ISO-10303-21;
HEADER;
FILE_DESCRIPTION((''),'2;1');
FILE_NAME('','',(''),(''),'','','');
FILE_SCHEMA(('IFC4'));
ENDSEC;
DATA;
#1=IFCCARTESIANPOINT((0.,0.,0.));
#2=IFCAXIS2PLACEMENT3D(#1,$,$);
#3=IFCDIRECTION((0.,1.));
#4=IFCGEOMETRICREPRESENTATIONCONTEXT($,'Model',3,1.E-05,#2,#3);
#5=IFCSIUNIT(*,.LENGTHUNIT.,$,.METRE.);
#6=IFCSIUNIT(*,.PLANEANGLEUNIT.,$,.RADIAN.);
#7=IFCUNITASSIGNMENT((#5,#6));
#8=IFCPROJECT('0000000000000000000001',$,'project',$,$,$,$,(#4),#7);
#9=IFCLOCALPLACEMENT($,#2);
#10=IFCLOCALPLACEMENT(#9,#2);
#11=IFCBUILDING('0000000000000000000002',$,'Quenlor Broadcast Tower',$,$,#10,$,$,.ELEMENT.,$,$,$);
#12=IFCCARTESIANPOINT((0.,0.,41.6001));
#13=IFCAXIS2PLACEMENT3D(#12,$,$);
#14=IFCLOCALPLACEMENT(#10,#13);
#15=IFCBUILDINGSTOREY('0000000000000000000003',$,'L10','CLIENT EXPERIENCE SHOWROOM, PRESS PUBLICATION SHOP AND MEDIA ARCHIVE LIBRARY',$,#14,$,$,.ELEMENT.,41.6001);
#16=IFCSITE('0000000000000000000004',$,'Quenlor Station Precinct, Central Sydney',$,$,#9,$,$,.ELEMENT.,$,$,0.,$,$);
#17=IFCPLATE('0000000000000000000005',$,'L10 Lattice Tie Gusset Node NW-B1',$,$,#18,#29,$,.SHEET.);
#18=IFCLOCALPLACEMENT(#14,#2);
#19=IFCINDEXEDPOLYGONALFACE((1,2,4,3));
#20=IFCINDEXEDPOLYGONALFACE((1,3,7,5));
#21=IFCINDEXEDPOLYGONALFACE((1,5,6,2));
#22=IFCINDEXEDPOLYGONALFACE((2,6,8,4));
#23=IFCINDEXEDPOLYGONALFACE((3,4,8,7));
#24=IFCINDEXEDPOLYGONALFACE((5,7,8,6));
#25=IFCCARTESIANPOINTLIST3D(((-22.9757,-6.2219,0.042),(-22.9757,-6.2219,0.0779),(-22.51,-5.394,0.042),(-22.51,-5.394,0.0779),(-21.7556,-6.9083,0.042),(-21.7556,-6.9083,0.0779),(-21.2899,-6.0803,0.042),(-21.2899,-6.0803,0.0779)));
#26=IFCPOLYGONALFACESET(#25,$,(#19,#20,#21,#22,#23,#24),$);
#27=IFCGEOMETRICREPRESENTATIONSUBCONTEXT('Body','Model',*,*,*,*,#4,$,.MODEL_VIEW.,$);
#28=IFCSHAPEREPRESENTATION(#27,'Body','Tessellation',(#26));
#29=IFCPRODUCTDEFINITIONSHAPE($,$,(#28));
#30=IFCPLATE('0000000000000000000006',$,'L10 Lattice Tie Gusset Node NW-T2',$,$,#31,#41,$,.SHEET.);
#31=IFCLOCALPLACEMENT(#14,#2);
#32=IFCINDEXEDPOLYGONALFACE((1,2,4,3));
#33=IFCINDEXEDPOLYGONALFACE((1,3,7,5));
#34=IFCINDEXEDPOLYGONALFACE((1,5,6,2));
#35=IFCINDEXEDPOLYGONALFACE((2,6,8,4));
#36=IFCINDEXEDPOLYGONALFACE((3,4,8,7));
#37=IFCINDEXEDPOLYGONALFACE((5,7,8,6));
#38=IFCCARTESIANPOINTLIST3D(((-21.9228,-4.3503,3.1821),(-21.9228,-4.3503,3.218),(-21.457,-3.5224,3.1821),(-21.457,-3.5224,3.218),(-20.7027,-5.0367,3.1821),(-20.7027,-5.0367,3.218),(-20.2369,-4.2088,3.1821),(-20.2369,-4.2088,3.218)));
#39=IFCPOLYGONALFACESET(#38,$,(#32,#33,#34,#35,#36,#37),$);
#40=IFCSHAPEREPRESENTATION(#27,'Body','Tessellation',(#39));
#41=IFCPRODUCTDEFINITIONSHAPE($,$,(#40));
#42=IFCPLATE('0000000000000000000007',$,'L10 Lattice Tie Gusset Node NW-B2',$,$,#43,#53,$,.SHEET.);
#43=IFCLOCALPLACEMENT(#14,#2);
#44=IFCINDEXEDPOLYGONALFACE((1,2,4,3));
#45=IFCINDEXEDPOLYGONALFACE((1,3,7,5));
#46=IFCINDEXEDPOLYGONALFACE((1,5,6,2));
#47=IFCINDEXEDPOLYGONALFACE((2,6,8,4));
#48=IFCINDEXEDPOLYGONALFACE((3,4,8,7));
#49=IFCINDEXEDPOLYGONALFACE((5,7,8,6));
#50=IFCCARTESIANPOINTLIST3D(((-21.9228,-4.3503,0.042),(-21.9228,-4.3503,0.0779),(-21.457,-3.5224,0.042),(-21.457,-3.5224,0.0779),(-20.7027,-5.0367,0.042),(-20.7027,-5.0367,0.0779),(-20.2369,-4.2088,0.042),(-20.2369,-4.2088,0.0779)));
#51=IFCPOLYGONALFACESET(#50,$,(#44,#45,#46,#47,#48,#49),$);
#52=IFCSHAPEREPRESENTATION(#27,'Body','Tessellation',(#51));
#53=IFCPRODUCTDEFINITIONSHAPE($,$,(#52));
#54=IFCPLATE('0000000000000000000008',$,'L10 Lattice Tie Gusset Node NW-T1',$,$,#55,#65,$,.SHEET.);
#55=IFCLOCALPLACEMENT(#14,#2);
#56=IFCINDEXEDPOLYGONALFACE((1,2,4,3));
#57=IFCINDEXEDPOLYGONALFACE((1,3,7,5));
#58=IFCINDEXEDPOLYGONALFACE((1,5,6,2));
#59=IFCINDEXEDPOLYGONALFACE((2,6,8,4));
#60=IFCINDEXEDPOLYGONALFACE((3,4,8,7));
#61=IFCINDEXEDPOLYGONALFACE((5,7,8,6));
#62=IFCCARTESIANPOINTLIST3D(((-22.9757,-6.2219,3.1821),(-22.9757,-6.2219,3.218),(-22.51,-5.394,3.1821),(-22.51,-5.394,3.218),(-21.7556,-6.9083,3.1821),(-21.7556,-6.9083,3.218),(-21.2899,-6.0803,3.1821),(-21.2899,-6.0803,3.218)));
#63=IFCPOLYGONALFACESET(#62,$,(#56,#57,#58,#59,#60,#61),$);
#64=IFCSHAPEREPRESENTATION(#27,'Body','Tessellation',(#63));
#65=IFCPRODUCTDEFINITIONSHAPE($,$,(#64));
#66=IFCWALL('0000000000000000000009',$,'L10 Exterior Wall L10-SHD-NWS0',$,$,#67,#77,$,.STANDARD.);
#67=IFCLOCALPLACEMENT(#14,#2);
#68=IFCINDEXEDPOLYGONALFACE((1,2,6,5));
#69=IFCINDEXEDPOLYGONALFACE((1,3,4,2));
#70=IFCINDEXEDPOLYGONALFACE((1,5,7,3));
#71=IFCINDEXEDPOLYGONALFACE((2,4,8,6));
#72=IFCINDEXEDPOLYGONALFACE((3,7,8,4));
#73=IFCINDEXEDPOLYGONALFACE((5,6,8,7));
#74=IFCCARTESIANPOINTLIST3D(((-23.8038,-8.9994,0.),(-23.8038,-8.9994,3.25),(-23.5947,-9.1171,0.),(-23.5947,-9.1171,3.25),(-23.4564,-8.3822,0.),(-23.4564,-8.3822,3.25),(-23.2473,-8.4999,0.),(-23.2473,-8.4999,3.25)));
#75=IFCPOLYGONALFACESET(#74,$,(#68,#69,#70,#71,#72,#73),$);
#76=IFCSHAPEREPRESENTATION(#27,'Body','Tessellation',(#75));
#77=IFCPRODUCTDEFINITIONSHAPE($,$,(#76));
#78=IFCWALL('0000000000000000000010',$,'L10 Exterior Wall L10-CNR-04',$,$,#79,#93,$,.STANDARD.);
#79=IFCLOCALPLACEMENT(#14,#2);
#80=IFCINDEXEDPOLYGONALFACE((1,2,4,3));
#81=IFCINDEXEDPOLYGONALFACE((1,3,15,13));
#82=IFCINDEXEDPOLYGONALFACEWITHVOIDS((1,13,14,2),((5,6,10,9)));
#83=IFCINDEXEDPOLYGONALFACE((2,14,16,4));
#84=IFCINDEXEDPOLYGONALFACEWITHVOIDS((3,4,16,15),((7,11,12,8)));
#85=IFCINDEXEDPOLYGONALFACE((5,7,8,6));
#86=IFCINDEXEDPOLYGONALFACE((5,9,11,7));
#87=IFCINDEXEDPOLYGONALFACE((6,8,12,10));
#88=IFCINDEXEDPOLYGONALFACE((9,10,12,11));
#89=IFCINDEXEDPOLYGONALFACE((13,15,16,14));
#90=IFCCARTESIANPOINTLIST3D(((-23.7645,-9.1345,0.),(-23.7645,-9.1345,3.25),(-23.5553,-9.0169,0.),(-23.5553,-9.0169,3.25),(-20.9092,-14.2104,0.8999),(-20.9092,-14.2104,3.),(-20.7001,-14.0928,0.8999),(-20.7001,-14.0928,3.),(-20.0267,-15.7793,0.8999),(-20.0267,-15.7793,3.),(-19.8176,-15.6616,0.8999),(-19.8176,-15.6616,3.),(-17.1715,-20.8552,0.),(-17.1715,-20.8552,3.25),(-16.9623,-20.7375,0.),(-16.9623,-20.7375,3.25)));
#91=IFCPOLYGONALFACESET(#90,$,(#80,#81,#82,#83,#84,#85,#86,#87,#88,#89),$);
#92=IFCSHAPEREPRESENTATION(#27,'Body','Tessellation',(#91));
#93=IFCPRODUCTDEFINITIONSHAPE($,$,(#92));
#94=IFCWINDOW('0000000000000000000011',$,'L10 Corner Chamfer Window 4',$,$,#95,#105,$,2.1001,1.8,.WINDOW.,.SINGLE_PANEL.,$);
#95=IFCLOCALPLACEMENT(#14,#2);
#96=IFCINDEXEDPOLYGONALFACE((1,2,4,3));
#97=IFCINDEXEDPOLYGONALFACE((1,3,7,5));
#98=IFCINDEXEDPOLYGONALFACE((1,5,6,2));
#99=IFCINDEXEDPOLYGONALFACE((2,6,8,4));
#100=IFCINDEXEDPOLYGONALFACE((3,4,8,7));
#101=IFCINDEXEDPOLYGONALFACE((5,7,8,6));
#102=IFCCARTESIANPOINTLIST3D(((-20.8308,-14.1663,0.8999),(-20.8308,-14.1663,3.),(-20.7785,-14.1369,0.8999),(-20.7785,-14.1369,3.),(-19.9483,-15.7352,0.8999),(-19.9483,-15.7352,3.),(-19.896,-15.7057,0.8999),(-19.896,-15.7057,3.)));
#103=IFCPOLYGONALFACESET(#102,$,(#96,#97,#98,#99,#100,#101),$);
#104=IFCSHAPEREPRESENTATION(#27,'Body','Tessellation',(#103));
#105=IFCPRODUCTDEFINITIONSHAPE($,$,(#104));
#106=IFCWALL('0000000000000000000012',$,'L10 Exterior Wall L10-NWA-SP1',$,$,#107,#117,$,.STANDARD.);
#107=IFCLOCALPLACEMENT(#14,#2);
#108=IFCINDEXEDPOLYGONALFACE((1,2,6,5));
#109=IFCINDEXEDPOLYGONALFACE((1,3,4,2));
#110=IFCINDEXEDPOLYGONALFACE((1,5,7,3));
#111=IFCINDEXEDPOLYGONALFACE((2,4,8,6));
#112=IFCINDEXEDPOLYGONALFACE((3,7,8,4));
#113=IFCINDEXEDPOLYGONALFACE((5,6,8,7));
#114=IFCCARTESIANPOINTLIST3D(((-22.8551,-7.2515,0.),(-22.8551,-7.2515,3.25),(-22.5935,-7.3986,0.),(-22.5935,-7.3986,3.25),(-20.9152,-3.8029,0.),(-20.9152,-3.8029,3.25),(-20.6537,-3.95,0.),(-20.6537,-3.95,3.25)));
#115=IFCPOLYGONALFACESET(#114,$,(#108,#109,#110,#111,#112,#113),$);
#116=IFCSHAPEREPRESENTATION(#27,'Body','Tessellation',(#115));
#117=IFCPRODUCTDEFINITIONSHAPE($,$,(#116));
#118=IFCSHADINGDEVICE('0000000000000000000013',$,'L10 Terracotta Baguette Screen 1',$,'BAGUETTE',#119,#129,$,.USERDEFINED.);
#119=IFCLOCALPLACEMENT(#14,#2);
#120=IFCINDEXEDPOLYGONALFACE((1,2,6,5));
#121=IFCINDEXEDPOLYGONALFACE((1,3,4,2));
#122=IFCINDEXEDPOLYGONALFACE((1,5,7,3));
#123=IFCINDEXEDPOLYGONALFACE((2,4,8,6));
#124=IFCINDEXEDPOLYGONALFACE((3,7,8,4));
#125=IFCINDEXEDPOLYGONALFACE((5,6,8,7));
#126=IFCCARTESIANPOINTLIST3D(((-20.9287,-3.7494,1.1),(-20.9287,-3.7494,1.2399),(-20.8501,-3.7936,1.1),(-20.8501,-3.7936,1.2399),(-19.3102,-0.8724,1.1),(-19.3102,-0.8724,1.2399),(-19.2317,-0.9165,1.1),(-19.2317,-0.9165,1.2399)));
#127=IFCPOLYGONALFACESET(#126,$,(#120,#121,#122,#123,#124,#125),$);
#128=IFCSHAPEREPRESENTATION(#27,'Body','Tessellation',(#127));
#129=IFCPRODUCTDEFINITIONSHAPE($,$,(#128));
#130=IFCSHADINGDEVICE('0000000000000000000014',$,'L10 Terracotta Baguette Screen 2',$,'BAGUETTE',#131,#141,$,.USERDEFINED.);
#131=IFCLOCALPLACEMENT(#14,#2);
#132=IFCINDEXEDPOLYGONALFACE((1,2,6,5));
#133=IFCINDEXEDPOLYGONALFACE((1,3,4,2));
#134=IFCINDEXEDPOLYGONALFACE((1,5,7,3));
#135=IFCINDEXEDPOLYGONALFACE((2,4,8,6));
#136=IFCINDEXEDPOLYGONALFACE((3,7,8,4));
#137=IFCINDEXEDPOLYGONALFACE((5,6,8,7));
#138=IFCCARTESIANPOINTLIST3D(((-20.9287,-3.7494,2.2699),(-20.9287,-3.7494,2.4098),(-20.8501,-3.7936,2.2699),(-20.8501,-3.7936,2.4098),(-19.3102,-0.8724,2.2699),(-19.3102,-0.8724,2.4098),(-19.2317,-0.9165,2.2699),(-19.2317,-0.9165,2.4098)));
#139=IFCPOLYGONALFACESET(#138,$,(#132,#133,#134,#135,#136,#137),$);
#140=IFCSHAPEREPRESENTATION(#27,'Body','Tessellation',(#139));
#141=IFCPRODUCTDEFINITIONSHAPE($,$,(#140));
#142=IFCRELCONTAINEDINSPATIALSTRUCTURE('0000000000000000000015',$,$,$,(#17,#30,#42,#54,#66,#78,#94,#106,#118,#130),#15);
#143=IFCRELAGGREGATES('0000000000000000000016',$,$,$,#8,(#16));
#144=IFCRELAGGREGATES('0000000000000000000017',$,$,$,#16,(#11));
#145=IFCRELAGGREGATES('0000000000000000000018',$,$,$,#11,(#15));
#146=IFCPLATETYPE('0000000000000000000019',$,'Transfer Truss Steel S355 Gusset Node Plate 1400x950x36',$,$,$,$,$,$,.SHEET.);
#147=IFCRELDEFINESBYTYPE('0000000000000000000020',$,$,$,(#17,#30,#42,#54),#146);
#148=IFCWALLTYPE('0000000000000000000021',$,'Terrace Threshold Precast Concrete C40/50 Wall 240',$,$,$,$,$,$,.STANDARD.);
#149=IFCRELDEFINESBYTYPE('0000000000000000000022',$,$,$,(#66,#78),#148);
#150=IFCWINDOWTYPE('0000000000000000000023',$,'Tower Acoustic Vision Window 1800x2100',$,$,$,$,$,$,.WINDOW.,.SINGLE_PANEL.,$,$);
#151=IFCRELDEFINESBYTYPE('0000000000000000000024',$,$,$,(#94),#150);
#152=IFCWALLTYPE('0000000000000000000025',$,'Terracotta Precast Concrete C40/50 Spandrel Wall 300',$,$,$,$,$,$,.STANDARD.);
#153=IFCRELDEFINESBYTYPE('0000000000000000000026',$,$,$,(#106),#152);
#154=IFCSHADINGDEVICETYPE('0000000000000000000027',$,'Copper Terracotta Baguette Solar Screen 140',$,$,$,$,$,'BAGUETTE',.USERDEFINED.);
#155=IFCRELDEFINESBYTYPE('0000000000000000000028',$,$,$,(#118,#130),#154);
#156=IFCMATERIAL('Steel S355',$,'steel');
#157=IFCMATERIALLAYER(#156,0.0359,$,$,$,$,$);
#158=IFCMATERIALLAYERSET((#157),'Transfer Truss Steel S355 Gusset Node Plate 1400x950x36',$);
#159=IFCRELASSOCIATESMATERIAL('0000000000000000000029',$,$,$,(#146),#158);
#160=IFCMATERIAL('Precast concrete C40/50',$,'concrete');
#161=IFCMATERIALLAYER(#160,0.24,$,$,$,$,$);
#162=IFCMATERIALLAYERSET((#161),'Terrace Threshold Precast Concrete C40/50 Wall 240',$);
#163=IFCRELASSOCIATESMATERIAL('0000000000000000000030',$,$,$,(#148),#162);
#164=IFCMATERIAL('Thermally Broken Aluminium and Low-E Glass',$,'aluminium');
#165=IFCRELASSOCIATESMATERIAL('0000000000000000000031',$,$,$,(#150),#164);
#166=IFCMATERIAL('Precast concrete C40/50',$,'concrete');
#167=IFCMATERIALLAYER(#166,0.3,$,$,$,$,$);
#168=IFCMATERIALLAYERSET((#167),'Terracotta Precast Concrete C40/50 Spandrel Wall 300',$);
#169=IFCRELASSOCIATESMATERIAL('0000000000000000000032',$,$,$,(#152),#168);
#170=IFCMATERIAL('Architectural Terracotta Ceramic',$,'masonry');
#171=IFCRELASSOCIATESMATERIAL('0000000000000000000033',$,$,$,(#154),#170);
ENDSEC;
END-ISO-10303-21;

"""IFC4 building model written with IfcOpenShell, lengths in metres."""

from ifc_helpers import new_model, si_unit, direction, frame, frame_2d, origin, origin_2d, place, context, subcontext, project, spatial, rectangle, extrude, material, layer, layer_set, material_profile, profile_set, type_object, element, fill, save


model = new_model("IFC4")

# Units and contexts
model_context = context("Model", 3, precision=1e-05, world=origin(), true_north=direction((0.0, 1.0)))
body_context = subcontext(model_context, "Body", "Model", "MODEL_VIEW")
ifc_project = project(units=[si_unit("LENGTHUNIT", "METRE"), si_unit("PLANEANGLEUNIT", "RADIAN")], contexts=[model_context])

# Site, building, storey
site_placement = place(None, origin())
site = spatial("IfcSite", under=ifc_project, at=site_placement, Name="Quenlor Station Precinct, Central Sydney", CompositionType="ELEMENT", RefElevation=0.0)
building_placement = place(site_placement, origin())
building = spatial("IfcBuilding", under=site, at=building_placement, Name="Quenlor Broadcast Tower", CompositionType="ELEMENT")
storey_placement = place(building_placement, frame((0.0, 0.0, 41.6001)))
storey = spatial("IfcBuildingStorey", under=building, at=storey_placement, Name="L10", Description="CLIENT EXPERIENCE SHOWROOM, PRESS PUBLICATION SHOP AND MEDIA ARCHIVE LIBRARY", CompositionType="ELEMENT", Elevation=41.6001)

# Plates
ifc_material_1 = material(Name="Steel S355", Category="steel")
ifc_layer_1 = layer(ifc_material_1, 0.0359)
ifc_layer_set_1 = layer_set([ifc_layer_1], Name="Transfer Truss Steel S355 Gusset Node Plate 1400x950x36")
plate_type_1 = type_object("IfcPlateType", Name="Transfer Truss Steel S355 Gusset Node Plate 1400x950x36", PredefinedType="SHEET", material=ifc_layer_set_1)
for number, where, z_axis, x_axis, name in (
    (1, (-22.1328, -6.1511, 0.042), (0.0, 0.0, 1.0), (-0.871556, 0.490295, 0.0), "L10 Lattice Tie Gusset Node NW-B1"),
    (2, (-21.0798, -4.2795, 3.1821), (0.0, 0.0, 1.0), (-0.871556, 0.490295, 0.0), "L10 Lattice Tie Gusset Node NW-T2"),
    (3, (-21.0798, -4.2795, 0.042), (0.0, 0.0, 1.0), (-0.871556, 0.490295, 0.0), "L10 Lattice Tie Gusset Node NW-B2"),
    (4, (-22.1328, -6.1511, 3.1821), (0.0, 0.0, 1.0), (-0.871556, 0.490295, 0.0), "L10 Lattice Tie Gusset Node NW-T1"),
):
    element("IfcPlate", number, at=place(storey_placement, frame(where, z_axis=z_axis, x_axis=x_axis)), inside=storey, type_object=plate_type_1, Name=name, PredefinedType="SHEET", context=body_context, shape_type="SweptSolid", body=[
        extrude(rectangle(XDim=1.3999, YDim=0.95, at=origin_2d()), origin(), (0.0, 0.0, 1.0), 0.0359),
    ])

# Wall
ifc_material_2 = material(Name="Precast concrete C40/50", Category="concrete")
ifc_layer_2 = layer(ifc_material_2, 0.24)
ifc_layer_set_2 = layer_set([ifc_layer_2], Name="Terrace Threshold Precast Concrete C40/50 Wall 240")
wall_type_1 = type_object("IfcWallType", Name="Terrace Threshold Precast Concrete C40/50 Wall 240", PredefinedType="STANDARD", material=ifc_layer_set_2)
wall_1_placement = place(storey_placement, frame((-23.6992, -9.0581, 0.0), z_axis=(0.0, 0.0, 1.0), x_axis=(0.490523, 0.871428, 0.0)))
element("IfcWall", 5, at=wall_1_placement, inside=storey, type_object=wall_type_1, Name="L10 Exterior Wall L10-SHD-NWS0", PredefinedType="STANDARD", context=body_context, shape_type="SweptSolid", body=[
    extrude(rectangle(XDim=0.7083, YDim=0.24, at=frame_2d((0.354, 0.0))), origin(), (0.0, 0.0, 1.0), 3.25),
])

# Wall, opening, window
wall_2_placement = place(storey_placement, frame((-23.6599, -9.0757, 0.0), z_axis=(0.0, 0.0, 1.0), x_axis=(0.490268, -0.871572, 0.0)))
wall_2 = element("IfcWall", 6, at=wall_2_placement, inside=storey, type_object=wall_type_1, Name="L10 Exterior Wall L10-CNR-04", PredefinedType="STANDARD", context=body_context, shape_type="SweptSolid", body=[
    extrude(rectangle(XDim=13.4478, YDim=0.24, at=frame_2d((6.7239, 0.0))), origin(), (0.0, 0.0, 1.0), 3.25),
])
opening_placement = place(wall_2_placement, frame((5.824, 0.0, 0.8999)))
opening = element("IfcOpeningElement", 7, at=opening_placement, cuts=wall_2, PredefinedType="OPENING", context=body_context, shape_type="SweptSolid", body=[
    extrude(rectangle(XDim=1.8, YDim=2.1001, at=frame_2d((0.8999, 1.05))), frame((0.0, 0.1299, 0.0), z_axis=(0.0, -1.0, 0.0), x_axis=(1.0, 0.0, 0.0)), (0.0, 0.0, 1.0), 0.26),
])
ifc_material_3 = material(Name="Thermally Broken Aluminium and Low-E Glass", Category="aluminium")
window_type = type_object("IfcWindowType", Name="Tower Acoustic Vision Window 1800x2100", PartitioningType="SINGLE_PANEL", PredefinedType="WINDOW", material=ifc_material_3)
window_placement = place(opening_placement, origin())
window = element("IfcWindow", 8, at=window_placement, inside=storey, type_object=window_type, Name="L10 Corner Chamfer Window 4", OverallHeight=2.1001, OverallWidth=1.8, PartitioningType="SINGLE_PANEL", PredefinedType="WINDOW", context=body_context, shape_type="SweptSolid", body=[
    extrude(rectangle(XDim=1.8, YDim=2.1001, at=frame_2d((0.8999, 1.05))), frame((0.0, 0.03, 0.0), z_axis=(0.0, -1.0, 0.0), x_axis=(1.0, 0.0, 0.0)), (0.0, 0.0, 1.0), 0.0601),
])
fill(opening, window)

# Wall
ifc_material_4 = material(Name="Precast concrete C40/50", Category="concrete")
ifc_layer_3 = layer(ifc_material_4, 0.3)
ifc_layer_set_3 = layer_set([ifc_layer_3], Name="Terracotta Precast Concrete C40/50 Spandrel Wall 300")
wall_type_2 = type_object("IfcWallType", Name="Terracotta Precast Concrete C40/50 Spandrel Wall 300", PredefinedType="STANDARD", material=ifc_layer_set_3)
wall_3_placement = place(storey_placement, frame((-22.7244, -7.3252, 0.0), z_axis=(0.0, 0.0, 1.0), x_axis=(0.490267, 0.871572, 0.0)))
element("IfcWall", 9, at=wall_3_placement, inside=storey, type_object=wall_type_2, Name="L10 Exterior Wall L10-NWA-SP1", PredefinedType="STANDARD", context=body_context, shape_type="SweptSolid", body=[
    extrude(rectangle(XDim=3.9568, YDim=0.3, at=frame_2d((1.9785, 0.0))), origin(), (0.0, 0.0, 1.0), 3.25),
])

# Shading devices
ifc_material_5 = material(Name="Architectural Terracotta Ceramic", Category="masonry")
ifc_material_profile_1 = material_profile(ifc_material_5, rectangle(XDim=0.0901, YDim=0.1399, at=origin_2d()))
ifc_profile_set_1 = profile_set([ifc_material_profile_1], Name="Architectural Terracotta Ceramic BAG90x140")
shading_device_type = type_object("IfcShadingDeviceType", Name="Copper Terracotta Baguette Solar Screen 140", ElementType="BAGUETTE", PredefinedType="USERDEFINED", material=ifc_profile_set_1)
for number, where, z_axis, x_axis, name in (
    (10, (-20.8894, -3.7715, 1.1699), (0.490289, 0.87156, 0.0), (-0.87156, 0.490289, 0.0), "L10 Terracotta Baguette Screen 1"),
    (11, (-20.8894, -3.7715, 2.3398), (0.490289, 0.87156, 0.0), (-0.87156, 0.490289, 0.0), "L10 Terracotta Baguette Screen 2"),
):
    element("IfcShadingDevice", number, at=place(storey_placement, frame(where, z_axis=z_axis, x_axis=x_axis)), inside=storey, type_object=shading_device_type, Name=name, ObjectType="BAGUETTE", PredefinedType="USERDEFINED", context=body_context, shape_type="SweptSolid", body=[
        extrude(rectangle(XDim=0.0901, YDim=0.1399, at=origin_2d()), origin(), (0.0, 0.0, 1.0), 3.301),
    ])

save(model, "model.ifc")
